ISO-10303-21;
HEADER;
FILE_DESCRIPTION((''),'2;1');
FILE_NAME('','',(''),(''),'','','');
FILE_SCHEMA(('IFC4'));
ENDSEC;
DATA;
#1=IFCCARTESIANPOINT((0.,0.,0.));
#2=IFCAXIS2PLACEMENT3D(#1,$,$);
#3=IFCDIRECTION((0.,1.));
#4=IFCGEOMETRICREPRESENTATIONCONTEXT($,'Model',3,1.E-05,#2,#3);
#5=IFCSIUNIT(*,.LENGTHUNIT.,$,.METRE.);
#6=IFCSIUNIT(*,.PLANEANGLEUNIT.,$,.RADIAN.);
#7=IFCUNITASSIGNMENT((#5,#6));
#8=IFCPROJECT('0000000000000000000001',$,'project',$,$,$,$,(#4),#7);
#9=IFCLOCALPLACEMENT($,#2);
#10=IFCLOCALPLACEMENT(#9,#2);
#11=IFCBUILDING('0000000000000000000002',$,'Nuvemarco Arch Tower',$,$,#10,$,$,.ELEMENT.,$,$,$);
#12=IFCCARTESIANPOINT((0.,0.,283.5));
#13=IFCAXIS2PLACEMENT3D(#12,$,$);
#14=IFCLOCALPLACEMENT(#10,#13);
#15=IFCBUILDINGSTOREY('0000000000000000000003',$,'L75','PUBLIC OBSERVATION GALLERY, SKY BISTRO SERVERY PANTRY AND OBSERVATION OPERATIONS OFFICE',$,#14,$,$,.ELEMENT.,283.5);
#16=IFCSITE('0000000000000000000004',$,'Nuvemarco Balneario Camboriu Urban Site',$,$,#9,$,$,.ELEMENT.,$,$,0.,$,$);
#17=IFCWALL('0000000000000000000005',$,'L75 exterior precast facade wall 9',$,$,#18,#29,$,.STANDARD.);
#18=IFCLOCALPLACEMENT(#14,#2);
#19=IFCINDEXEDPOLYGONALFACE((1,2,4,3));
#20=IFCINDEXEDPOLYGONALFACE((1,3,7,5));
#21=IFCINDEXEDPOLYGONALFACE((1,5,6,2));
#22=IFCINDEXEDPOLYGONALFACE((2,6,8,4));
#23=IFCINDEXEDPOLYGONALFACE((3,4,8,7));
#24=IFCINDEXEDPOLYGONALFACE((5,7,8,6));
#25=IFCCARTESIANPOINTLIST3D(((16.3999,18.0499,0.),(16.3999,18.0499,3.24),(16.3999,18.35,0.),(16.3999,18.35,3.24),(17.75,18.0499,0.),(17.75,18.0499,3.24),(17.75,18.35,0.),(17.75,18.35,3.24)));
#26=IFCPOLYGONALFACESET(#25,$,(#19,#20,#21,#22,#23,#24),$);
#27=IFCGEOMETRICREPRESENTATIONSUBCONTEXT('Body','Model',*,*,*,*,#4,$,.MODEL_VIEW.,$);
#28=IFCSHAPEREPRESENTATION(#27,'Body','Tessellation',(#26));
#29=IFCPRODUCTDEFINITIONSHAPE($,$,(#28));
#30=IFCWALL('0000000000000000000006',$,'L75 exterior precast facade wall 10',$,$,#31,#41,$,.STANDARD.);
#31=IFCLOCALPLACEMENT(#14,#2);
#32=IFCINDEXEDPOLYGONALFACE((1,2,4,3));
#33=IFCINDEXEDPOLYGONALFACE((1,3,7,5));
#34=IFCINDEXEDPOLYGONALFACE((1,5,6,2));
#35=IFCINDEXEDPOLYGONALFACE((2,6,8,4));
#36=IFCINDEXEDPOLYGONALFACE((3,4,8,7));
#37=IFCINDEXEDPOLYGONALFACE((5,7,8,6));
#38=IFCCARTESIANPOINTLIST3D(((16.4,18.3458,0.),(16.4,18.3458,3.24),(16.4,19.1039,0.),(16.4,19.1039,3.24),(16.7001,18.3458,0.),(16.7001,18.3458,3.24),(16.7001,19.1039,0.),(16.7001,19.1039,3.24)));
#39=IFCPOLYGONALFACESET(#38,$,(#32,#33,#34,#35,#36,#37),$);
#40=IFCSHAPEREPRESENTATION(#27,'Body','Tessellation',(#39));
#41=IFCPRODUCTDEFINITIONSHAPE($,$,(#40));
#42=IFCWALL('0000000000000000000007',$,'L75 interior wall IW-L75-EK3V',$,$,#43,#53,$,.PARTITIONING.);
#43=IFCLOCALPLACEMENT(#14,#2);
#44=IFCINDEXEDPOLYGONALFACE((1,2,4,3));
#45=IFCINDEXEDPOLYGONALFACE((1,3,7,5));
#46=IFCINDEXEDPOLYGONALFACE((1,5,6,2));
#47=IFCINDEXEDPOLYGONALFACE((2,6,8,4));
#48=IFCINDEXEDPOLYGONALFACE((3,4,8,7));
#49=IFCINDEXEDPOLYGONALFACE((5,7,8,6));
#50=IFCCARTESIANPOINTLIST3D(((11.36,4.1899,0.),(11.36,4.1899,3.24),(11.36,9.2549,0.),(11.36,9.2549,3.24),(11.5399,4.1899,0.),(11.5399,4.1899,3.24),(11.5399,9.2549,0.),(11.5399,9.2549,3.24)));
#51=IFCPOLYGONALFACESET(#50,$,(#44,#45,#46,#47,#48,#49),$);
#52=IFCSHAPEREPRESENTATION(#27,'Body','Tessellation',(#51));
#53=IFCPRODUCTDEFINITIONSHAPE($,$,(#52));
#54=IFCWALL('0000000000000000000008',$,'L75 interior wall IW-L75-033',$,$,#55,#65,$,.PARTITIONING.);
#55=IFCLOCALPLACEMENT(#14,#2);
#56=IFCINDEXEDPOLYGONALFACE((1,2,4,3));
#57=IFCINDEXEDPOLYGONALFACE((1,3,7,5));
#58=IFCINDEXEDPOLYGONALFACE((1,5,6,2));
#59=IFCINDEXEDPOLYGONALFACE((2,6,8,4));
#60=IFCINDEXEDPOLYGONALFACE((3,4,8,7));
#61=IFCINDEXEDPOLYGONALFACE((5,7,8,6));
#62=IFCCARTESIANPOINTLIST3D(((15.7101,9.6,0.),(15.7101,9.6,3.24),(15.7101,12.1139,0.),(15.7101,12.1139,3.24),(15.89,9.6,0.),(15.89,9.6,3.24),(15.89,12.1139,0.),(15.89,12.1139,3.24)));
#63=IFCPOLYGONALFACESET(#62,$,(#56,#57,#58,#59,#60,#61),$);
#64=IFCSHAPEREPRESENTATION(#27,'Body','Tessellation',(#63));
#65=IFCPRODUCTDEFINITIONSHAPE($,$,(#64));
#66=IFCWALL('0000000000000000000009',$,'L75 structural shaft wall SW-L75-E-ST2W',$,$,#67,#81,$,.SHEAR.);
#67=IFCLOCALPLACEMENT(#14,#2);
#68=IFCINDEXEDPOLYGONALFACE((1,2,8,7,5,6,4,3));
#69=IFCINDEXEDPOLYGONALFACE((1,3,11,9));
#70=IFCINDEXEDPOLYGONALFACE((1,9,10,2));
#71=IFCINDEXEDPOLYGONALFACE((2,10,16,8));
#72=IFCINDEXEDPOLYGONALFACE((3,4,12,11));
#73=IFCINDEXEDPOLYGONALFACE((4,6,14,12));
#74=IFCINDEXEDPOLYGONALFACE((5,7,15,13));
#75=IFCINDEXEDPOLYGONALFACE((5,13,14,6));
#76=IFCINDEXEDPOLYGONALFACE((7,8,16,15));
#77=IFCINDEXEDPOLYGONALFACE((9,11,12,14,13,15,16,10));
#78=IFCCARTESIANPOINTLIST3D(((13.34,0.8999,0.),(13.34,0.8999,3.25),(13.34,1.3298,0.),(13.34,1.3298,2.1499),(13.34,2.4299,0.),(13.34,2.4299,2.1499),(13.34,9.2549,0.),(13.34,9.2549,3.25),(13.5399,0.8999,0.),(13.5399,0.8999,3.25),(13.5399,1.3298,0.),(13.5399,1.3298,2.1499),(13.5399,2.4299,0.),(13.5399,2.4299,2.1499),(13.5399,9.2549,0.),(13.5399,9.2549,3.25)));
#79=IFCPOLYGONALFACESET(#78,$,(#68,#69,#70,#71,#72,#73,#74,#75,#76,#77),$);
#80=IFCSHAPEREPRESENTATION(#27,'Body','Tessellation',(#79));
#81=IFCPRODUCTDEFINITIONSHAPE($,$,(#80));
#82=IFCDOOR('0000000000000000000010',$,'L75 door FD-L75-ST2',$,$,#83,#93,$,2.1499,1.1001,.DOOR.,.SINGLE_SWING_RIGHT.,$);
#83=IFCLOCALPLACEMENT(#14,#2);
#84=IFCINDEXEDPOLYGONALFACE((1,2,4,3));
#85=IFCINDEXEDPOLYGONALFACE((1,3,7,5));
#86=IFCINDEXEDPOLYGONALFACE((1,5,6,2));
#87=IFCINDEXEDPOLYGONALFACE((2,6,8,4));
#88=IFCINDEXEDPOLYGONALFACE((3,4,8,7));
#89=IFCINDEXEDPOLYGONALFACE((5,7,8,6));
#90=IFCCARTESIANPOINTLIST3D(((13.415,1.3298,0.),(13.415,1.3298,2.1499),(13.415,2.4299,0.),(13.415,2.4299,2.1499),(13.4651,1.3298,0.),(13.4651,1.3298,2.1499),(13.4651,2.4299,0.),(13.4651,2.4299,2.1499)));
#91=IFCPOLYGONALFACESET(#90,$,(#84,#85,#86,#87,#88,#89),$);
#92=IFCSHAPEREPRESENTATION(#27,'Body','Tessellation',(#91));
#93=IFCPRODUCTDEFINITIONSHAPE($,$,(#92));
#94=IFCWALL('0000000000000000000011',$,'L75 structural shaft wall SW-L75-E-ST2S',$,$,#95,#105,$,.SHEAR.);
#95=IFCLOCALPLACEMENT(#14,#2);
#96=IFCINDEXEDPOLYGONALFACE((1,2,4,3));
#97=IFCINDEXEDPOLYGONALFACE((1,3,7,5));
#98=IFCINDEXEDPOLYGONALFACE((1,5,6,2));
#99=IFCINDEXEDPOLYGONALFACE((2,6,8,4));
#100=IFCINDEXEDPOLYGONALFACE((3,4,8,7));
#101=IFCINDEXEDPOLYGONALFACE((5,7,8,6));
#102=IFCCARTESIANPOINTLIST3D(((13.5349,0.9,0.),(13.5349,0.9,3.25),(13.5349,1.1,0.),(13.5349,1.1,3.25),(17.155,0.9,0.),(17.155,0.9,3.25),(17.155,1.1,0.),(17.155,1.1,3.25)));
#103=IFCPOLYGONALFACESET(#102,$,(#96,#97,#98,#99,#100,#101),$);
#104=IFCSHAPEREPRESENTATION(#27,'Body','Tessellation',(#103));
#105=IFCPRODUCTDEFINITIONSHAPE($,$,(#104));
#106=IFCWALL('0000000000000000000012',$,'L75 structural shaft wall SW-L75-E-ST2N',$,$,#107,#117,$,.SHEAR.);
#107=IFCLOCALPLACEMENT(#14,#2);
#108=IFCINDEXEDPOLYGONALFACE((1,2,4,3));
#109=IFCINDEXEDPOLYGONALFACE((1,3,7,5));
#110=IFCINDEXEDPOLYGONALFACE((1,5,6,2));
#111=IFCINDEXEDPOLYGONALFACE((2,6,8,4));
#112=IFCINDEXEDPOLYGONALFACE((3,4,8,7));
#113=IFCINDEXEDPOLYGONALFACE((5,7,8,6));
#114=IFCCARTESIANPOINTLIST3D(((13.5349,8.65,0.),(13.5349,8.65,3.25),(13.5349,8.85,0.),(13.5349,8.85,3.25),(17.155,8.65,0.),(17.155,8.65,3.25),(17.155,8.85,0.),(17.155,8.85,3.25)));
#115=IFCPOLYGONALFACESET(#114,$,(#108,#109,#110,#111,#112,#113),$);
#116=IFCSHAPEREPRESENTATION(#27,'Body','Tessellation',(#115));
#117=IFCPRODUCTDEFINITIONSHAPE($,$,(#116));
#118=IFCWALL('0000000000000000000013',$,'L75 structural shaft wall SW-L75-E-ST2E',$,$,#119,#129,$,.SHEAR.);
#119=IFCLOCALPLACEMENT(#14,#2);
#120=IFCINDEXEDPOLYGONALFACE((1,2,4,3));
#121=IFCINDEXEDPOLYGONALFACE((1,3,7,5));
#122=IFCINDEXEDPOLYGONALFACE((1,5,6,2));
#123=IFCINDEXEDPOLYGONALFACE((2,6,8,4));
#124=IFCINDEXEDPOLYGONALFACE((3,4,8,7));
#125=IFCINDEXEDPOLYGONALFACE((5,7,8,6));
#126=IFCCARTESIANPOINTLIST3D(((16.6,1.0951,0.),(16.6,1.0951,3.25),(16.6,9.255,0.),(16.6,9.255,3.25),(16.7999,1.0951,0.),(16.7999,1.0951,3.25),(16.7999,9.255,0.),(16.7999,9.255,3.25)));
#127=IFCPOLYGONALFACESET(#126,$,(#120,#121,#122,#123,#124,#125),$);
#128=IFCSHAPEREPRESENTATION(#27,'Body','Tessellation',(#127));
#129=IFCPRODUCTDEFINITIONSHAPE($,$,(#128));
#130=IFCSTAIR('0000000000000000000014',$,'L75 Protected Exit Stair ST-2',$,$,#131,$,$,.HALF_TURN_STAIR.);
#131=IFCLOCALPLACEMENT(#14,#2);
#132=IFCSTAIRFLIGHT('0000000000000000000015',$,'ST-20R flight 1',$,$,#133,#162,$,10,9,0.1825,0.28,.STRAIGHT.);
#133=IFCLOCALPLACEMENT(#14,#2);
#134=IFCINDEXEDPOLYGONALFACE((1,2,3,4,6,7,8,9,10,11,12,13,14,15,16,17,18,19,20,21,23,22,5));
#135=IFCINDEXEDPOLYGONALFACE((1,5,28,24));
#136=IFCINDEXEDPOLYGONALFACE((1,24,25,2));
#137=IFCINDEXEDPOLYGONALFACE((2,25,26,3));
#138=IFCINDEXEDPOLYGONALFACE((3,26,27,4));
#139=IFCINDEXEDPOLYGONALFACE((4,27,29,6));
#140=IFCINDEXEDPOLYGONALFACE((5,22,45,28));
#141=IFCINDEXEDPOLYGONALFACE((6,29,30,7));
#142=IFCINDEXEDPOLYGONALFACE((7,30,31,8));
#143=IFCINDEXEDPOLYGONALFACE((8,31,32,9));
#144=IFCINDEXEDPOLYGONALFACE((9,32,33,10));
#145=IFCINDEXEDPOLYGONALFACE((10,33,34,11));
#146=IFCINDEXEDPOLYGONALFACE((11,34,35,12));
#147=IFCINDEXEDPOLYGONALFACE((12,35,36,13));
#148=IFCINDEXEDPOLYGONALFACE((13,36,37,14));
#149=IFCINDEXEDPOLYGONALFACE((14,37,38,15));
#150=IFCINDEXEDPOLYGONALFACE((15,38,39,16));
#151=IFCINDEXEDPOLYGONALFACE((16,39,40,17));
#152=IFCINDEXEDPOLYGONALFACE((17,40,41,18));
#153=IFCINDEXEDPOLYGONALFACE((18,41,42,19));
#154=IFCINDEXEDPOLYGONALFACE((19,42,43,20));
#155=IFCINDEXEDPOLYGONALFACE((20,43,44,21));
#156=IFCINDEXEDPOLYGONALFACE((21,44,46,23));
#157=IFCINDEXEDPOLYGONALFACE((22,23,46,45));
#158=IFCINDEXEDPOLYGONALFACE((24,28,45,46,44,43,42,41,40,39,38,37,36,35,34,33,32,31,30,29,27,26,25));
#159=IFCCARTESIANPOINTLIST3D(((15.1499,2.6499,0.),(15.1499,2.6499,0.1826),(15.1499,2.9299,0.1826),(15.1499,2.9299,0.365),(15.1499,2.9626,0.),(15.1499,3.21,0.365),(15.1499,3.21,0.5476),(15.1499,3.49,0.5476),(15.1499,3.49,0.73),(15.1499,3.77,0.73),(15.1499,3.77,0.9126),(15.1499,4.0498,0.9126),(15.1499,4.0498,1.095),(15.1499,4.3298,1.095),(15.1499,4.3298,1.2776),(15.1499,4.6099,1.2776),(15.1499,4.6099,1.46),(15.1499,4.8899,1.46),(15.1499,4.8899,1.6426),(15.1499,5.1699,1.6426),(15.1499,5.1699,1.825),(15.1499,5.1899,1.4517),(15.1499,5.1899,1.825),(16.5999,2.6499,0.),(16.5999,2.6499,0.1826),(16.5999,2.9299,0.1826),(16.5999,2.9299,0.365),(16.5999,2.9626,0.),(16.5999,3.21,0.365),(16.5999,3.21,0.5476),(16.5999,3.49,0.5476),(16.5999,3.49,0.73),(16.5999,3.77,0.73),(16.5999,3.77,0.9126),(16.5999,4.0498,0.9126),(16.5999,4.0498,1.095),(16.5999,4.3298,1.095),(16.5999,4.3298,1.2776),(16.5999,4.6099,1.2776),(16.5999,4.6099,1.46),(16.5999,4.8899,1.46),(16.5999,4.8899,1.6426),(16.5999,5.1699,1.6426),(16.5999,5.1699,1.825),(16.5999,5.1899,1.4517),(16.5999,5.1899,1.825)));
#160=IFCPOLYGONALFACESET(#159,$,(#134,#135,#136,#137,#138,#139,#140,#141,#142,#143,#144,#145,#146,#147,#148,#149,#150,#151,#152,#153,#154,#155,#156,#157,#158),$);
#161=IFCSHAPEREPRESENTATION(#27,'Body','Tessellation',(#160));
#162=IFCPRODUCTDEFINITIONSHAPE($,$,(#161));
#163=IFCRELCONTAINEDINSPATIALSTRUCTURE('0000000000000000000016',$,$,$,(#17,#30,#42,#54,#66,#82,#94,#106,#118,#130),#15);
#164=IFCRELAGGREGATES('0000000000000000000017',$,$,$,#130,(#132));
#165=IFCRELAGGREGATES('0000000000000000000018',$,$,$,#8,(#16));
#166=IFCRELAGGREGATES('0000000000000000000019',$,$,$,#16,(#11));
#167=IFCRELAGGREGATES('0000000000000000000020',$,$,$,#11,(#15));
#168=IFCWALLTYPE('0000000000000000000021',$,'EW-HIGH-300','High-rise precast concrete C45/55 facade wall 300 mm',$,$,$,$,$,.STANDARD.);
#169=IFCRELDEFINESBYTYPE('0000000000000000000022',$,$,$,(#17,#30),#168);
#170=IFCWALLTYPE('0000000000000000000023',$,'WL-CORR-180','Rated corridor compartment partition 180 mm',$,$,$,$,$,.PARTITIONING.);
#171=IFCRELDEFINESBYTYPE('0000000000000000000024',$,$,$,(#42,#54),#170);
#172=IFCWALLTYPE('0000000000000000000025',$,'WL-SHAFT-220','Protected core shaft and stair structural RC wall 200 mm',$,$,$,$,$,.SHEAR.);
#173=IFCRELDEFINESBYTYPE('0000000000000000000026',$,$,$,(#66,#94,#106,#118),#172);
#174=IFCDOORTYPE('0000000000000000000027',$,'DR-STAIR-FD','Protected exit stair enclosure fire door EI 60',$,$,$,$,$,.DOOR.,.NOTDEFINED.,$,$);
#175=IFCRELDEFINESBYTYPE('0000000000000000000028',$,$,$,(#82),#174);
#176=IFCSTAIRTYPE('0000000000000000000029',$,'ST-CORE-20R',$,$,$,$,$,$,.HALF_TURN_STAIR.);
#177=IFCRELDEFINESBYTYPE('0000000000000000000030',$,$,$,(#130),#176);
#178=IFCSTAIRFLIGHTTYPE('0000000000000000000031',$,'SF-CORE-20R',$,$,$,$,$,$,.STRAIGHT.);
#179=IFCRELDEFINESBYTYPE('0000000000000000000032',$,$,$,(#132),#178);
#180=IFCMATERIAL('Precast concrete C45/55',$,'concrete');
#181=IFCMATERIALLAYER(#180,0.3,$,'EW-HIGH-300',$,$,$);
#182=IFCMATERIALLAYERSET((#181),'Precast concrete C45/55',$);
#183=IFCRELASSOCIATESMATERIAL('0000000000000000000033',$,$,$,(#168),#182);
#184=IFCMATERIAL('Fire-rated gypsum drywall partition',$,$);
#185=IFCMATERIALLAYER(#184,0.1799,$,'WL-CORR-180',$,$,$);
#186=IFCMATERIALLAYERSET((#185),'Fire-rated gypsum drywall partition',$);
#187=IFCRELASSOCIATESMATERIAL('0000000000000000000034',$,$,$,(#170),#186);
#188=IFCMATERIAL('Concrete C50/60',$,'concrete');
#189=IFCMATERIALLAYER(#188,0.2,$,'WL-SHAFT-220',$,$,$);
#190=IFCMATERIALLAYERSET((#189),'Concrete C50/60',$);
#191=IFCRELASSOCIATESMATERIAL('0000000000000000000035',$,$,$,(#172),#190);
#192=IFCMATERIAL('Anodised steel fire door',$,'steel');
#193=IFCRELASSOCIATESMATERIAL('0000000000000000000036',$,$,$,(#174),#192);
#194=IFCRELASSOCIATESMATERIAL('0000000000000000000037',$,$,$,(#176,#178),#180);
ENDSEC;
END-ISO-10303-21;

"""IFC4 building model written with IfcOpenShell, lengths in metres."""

from ifc_helpers import new_model, si_unit, direction, frame, frame_2d, origin, place, context, subcontext, project, spatial, polyline, rectangle, outline, extrude, source, transform, mapped, material, layer, layer_set, type_object, type_shapes, element, fill, aggregate, save


model = new_model("IFC4")

# Units and contexts
model_context = context("Model", 3, precision=1e-05, world=origin(), true_north=direction((0.0, 1.0)))
body_context = subcontext(model_context, "Body", "Model", "MODEL_VIEW")
ifc_project = project(units=[si_unit("LENGTHUNIT", "METRE"), si_unit("PLANEANGLEUNIT", "RADIAN")], contexts=[model_context])

# Site, building, storey
site_placement = place(None, origin())
site = spatial("IfcSite", under=ifc_project, at=site_placement, Name="Nuvemarco Balneario Camboriu Urban Site", CompositionType="ELEMENT", RefElevation=0.0)
building_placement = place(site_placement, origin())
building = spatial("IfcBuilding", under=site, at=building_placement, Name="Nuvemarco Arch Tower", CompositionType="ELEMENT")
storey_placement = place(building_placement, frame((0.0, 0.0, 283.5)))
storey = spatial("IfcBuildingStorey", under=building, at=storey_placement, Name="L75", Description="PUBLIC OBSERVATION GALLERY, SKY BISTRO SERVERY PANTRY AND OBSERVATION OPERATIONS OFFICE", CompositionType="ELEMENT", Elevation=283.5)

# Shared definitions
ifc_material_1 = material(Name="Concrete C50/60", Category="concrete")

# Shared definitions
ifc_material_2 = material(Name="Precast concrete C45/55", Category="concrete")

# Walls
ifc_layer_1 = layer(ifc_material_2, 0.3, Name="EW-HIGH-300")
ifc_layer_set_1 = layer_set([ifc_layer_1], Name="Precast concrete C45/55")
wall_type_1 = type_object("IfcWallType", Name="EW-HIGH-300", Description="High-rise precast concrete C45/55 facade wall 300 mm", PredefinedType="STANDARD", material=ifc_layer_set_1)
wall_1_placement = place(storey_placement, frame((16.3999, 18.2, 0.0), z_axis=(0.0, 0.0, 1.0), x_axis=(1.0, 0.0, 0.0)))
element("IfcWall", 1, at=wall_1_placement, inside=storey, type_object=wall_type_1, Name="L75 exterior precast facade wall 9", PredefinedType="STANDARD", context=body_context, shape_type="SweptSolid", body=[
    extrude(rectangle(XDim=1.3501, YDim=0.3, at=frame_2d((0.675, 0.0))), origin(), (0.0, 0.0, 1.0), 3.24),
])
wall_2_placement = place(storey_placement, frame((16.55, 18.3459, 0.0), z_axis=(0.0, 0.0, 1.0), x_axis=(0.0, 1.0, 0.0)))
element("IfcWall", 2, at=wall_2_placement, inside=storey, type_object=wall_type_1, Name="L75 exterior precast facade wall 10", PredefinedType="STANDARD", context=body_context, shape_type="SweptSolid", body=[
    extrude(rectangle(XDim=0.7581, YDim=0.3, at=frame_2d((0.3789, 0.0))), origin(), (0.0, 0.0, 1.0), 3.24),
])
ifc_material_3 = material(Name="Fire-rated gypsum drywall partition")
ifc_layer_2 = layer(ifc_material_3, 0.1799, Name="WL-CORR-180")
ifc_layer_set_2 = layer_set([ifc_layer_2], Name="Fire-rated gypsum drywall partition")
wall_type_2 = type_object("IfcWallType", Name="WL-CORR-180", Description="Rated corridor compartment partition 180 mm", PredefinedType="PARTITIONING", material=ifc_layer_set_2)
wall_3_placement = place(storey_placement, frame((11.45, 4.1899, 0.0), z_axis=(0.0, 0.0, 1.0), x_axis=(0.0, 1.0, 0.0)))
element("IfcWall", 3, at=wall_3_placement, inside=storey, type_object=wall_type_2, Name="L75 interior wall IW-L75-EK3V", PredefinedType="PARTITIONING", context=body_context, shape_type="SweptSolid", body=[
    extrude(rectangle(XDim=5.0649, YDim=0.1799, at=frame_2d((2.5325, 0.0))), origin(), (0.0, 0.0, 1.0), 3.24),
])
wall_4_placement = place(storey_placement, frame((15.8, 9.6001, 0.0), z_axis=(0.0, 0.0, 1.0), x_axis=(0.0, 1.0, 0.0)))
element("IfcWall", 4, at=wall_4_placement, inside=storey, type_object=wall_type_2, Name="L75 interior wall IW-L75-033", PredefinedType="PARTITIONING", context=body_context, shape_type="SweptSolid", body=[
    extrude(rectangle(XDim=2.5139, YDim=0.1799, at=frame_2d((1.2568, 0.0))), origin(), (0.0, 0.0, 1.0), 3.24),
])

# Wall, opening, door
ifc_layer_3 = layer(ifc_material_1, 0.2, Name="WL-SHAFT-220")
ifc_layer_set_3 = layer_set([ifc_layer_3], Name="Concrete C50/60")
wall_type_3 = type_object("IfcWallType", Name="WL-SHAFT-220", Description="Protected core shaft and stair structural RC wall 200 mm", PredefinedType="SHEAR", material=ifc_layer_set_3)
wall_5_placement = place(storey_placement, frame((13.4399, 0.8999, 0.0), z_axis=(0.0, 0.0, 1.0), x_axis=(0.0, 1.0, 0.0)))
wall_5 = element("IfcWall", 5, at=wall_5_placement, inside=storey, type_object=wall_type_3, Name="L75 structural shaft wall SW-L75-E-ST2W", PredefinedType="SHEAR", context=body_context, shape_type="SweptSolid", body=[
    extrude(rectangle(XDim=8.355, YDim=0.2, at=frame_2d((4.1775, 0.0))), origin(), (0.0, 0.0, 1.0), 3.25),
])
opening_placement = place(wall_5_placement, frame((0.4299, 0.0, 0.0)))
opening = element("IfcOpeningElement", 6, at=opening_placement, cuts=wall_5, PredefinedType="OPENING", context=body_context, shape_type="SweptSolid", body=[
    extrude(rectangle(XDim=1.1001, YDim=2.1499, at=frame_2d((0.55, 1.075))), frame((0.0, 0.1099, 0.0), z_axis=(0.0, -1.0, 0.0), x_axis=(1.0, 0.0, 0.0)), (0.0, 0.0, 1.0), 0.22),
])
ifc_material_4 = material(Name="Anodised steel fire door", Category="steel")
door_type = type_object("IfcDoorType", Name="DR-STAIR-FD", Description="Protected exit stair enclosure fire door EI 60", OperationType="NOTDEFINED", PredefinedType="DOOR", material=ifc_material_4)
shared_shape_1 = source(origin(), body_context, "Body", "SweptSolid", [
    extrude(rectangle(XDim=1.1001, YDim=2.1499, at=frame_2d((0.55, 1.075))), frame((0.0, 0.0249, 0.0), z_axis=(0.0, -1.0, 0.0), x_axis=(1.0, 0.0, 0.0)), (0.0, 0.0, 1.0), 0.05),
])
type_shapes(door_type, [shared_shape_1])
door_placement = place(opening_placement, origin())
door = element("IfcDoor", 7, at=door_placement, inside=storey, type_object=door_type, Name="L75 door FD-L75-ST2", OperationType="SINGLE_SWING_RIGHT", OverallHeight=2.1499, OverallWidth=1.1001, PredefinedType="DOOR", context=body_context, shape_type="MappedRepresentation", body=[
    mapped(shared_shape_1, transform((0.0, 0.0, 0.0), scale=1.0)),
])
fill(opening, door)

# Walls
for number, where, z_axis, x_axis, name in (
    (8, (13.5349, 1.0, 0.0), (0.0, 0.0, 1.0), (1.0, 0.0, 0.0), "L75 structural shaft wall SW-L75-E-ST2S"),
    (9, (13.5349, 8.75, 0.0), (0.0, 0.0, 1.0), (1.0, 0.0, 0.0), "L75 structural shaft wall SW-L75-E-ST2N"),
):
    element("IfcWall", number, at=place(storey_placement, frame(where, z_axis=z_axis, x_axis=x_axis)), inside=storey, type_object=wall_type_3, Name=name, PredefinedType="SHEAR", context=body_context, shape_type="SweptSolid", body=[
        extrude(rectangle(XDim=3.6201, YDim=0.2, at=frame_2d((1.8101, 0.0))), origin(), (0.0, 0.0, 1.0), 3.25),
    ])
wall_6_placement = place(storey_placement, frame((16.7, 1.095, 0.0), z_axis=(0.0, 0.0, 1.0), x_axis=(0.0, 1.0, 0.0)))
element("IfcWall", 10, at=wall_6_placement, inside=storey, type_object=wall_type_3, Name="L75 structural shaft wall SW-L75-E-ST2E", PredefinedType="SHEAR", context=body_context, shape_type="SweptSolid", body=[
    extrude(rectangle(XDim=8.1599, YDim=0.2, at=frame_2d((4.0801, 0.0))), origin(), (0.0, 0.0, 1.0), 3.25),
])

# Stair, stair flight
stair_type = type_object("IfcStairType", Name="ST-CORE-20R", PredefinedType="HALF_TURN_STAIR", material=ifc_material_2)
stair_placement = place(storey_placement, origin())
stair = element("IfcStair", 11, at=stair_placement, inside=storey, type_object=stair_type, Name="L75 Protected Exit Stair ST-2", PredefinedType="HALF_TURN_STAIR")
stair_flight_type = type_object("IfcStairFlightType", Name="SF-CORE-20R", PredefinedType="STRAIGHT", material=ifc_material_2)
stair_flight_1_placement = place(storey_placement, frame((15.875, 2.6499, 0.0), z_axis=(0.0, 0.0, 1.0), x_axis=(0.0, 1.0, 0.0)))
stair_flight_1 = element("IfcStairFlight", 12, at=stair_flight_1_placement, type_object=stair_flight_type, Name="ST-20R flight 1", NumberOfRisers=10, NumberOfTreads=9, PredefinedType="STRAIGHT", RiserHeight=0.1825, TreadLength=0.28, context=body_context, shape_type="SweptSolid", body=[
    extrude(outline(polyline([(0.0, 0.0), (0.0, 0.1826), (0.28, 0.1826), (0.28, 0.365), (0.5601, 0.365), (0.5601, 0.5476), (0.8401, 0.5476), (0.8401, 0.73), (1.1201, 0.73), (1.1201, 0.9126), (1.3999, 0.9126), (1.3999, 1.095), (1.6799, 1.095), (1.6799, 1.2776), (1.96, 1.2776), (1.96, 1.46), (2.24, 1.46), (2.24, 1.6426), (2.52, 1.6426), (2.52, 1.825), (2.54, 1.825), (2.54, 1.4517), (0.3127, 0.0), (0.0, 0.0)])), frame((0.0, 0.7251, 0.0), z_axis=(0.0, -1.0, 0.0), x_axis=(1.0, 0.0, 0.0)), (0.0, 0.0, 1.0), 1.45),
])
aggregate(stair, [stair_flight_1])

save(model, "model.ifc")
